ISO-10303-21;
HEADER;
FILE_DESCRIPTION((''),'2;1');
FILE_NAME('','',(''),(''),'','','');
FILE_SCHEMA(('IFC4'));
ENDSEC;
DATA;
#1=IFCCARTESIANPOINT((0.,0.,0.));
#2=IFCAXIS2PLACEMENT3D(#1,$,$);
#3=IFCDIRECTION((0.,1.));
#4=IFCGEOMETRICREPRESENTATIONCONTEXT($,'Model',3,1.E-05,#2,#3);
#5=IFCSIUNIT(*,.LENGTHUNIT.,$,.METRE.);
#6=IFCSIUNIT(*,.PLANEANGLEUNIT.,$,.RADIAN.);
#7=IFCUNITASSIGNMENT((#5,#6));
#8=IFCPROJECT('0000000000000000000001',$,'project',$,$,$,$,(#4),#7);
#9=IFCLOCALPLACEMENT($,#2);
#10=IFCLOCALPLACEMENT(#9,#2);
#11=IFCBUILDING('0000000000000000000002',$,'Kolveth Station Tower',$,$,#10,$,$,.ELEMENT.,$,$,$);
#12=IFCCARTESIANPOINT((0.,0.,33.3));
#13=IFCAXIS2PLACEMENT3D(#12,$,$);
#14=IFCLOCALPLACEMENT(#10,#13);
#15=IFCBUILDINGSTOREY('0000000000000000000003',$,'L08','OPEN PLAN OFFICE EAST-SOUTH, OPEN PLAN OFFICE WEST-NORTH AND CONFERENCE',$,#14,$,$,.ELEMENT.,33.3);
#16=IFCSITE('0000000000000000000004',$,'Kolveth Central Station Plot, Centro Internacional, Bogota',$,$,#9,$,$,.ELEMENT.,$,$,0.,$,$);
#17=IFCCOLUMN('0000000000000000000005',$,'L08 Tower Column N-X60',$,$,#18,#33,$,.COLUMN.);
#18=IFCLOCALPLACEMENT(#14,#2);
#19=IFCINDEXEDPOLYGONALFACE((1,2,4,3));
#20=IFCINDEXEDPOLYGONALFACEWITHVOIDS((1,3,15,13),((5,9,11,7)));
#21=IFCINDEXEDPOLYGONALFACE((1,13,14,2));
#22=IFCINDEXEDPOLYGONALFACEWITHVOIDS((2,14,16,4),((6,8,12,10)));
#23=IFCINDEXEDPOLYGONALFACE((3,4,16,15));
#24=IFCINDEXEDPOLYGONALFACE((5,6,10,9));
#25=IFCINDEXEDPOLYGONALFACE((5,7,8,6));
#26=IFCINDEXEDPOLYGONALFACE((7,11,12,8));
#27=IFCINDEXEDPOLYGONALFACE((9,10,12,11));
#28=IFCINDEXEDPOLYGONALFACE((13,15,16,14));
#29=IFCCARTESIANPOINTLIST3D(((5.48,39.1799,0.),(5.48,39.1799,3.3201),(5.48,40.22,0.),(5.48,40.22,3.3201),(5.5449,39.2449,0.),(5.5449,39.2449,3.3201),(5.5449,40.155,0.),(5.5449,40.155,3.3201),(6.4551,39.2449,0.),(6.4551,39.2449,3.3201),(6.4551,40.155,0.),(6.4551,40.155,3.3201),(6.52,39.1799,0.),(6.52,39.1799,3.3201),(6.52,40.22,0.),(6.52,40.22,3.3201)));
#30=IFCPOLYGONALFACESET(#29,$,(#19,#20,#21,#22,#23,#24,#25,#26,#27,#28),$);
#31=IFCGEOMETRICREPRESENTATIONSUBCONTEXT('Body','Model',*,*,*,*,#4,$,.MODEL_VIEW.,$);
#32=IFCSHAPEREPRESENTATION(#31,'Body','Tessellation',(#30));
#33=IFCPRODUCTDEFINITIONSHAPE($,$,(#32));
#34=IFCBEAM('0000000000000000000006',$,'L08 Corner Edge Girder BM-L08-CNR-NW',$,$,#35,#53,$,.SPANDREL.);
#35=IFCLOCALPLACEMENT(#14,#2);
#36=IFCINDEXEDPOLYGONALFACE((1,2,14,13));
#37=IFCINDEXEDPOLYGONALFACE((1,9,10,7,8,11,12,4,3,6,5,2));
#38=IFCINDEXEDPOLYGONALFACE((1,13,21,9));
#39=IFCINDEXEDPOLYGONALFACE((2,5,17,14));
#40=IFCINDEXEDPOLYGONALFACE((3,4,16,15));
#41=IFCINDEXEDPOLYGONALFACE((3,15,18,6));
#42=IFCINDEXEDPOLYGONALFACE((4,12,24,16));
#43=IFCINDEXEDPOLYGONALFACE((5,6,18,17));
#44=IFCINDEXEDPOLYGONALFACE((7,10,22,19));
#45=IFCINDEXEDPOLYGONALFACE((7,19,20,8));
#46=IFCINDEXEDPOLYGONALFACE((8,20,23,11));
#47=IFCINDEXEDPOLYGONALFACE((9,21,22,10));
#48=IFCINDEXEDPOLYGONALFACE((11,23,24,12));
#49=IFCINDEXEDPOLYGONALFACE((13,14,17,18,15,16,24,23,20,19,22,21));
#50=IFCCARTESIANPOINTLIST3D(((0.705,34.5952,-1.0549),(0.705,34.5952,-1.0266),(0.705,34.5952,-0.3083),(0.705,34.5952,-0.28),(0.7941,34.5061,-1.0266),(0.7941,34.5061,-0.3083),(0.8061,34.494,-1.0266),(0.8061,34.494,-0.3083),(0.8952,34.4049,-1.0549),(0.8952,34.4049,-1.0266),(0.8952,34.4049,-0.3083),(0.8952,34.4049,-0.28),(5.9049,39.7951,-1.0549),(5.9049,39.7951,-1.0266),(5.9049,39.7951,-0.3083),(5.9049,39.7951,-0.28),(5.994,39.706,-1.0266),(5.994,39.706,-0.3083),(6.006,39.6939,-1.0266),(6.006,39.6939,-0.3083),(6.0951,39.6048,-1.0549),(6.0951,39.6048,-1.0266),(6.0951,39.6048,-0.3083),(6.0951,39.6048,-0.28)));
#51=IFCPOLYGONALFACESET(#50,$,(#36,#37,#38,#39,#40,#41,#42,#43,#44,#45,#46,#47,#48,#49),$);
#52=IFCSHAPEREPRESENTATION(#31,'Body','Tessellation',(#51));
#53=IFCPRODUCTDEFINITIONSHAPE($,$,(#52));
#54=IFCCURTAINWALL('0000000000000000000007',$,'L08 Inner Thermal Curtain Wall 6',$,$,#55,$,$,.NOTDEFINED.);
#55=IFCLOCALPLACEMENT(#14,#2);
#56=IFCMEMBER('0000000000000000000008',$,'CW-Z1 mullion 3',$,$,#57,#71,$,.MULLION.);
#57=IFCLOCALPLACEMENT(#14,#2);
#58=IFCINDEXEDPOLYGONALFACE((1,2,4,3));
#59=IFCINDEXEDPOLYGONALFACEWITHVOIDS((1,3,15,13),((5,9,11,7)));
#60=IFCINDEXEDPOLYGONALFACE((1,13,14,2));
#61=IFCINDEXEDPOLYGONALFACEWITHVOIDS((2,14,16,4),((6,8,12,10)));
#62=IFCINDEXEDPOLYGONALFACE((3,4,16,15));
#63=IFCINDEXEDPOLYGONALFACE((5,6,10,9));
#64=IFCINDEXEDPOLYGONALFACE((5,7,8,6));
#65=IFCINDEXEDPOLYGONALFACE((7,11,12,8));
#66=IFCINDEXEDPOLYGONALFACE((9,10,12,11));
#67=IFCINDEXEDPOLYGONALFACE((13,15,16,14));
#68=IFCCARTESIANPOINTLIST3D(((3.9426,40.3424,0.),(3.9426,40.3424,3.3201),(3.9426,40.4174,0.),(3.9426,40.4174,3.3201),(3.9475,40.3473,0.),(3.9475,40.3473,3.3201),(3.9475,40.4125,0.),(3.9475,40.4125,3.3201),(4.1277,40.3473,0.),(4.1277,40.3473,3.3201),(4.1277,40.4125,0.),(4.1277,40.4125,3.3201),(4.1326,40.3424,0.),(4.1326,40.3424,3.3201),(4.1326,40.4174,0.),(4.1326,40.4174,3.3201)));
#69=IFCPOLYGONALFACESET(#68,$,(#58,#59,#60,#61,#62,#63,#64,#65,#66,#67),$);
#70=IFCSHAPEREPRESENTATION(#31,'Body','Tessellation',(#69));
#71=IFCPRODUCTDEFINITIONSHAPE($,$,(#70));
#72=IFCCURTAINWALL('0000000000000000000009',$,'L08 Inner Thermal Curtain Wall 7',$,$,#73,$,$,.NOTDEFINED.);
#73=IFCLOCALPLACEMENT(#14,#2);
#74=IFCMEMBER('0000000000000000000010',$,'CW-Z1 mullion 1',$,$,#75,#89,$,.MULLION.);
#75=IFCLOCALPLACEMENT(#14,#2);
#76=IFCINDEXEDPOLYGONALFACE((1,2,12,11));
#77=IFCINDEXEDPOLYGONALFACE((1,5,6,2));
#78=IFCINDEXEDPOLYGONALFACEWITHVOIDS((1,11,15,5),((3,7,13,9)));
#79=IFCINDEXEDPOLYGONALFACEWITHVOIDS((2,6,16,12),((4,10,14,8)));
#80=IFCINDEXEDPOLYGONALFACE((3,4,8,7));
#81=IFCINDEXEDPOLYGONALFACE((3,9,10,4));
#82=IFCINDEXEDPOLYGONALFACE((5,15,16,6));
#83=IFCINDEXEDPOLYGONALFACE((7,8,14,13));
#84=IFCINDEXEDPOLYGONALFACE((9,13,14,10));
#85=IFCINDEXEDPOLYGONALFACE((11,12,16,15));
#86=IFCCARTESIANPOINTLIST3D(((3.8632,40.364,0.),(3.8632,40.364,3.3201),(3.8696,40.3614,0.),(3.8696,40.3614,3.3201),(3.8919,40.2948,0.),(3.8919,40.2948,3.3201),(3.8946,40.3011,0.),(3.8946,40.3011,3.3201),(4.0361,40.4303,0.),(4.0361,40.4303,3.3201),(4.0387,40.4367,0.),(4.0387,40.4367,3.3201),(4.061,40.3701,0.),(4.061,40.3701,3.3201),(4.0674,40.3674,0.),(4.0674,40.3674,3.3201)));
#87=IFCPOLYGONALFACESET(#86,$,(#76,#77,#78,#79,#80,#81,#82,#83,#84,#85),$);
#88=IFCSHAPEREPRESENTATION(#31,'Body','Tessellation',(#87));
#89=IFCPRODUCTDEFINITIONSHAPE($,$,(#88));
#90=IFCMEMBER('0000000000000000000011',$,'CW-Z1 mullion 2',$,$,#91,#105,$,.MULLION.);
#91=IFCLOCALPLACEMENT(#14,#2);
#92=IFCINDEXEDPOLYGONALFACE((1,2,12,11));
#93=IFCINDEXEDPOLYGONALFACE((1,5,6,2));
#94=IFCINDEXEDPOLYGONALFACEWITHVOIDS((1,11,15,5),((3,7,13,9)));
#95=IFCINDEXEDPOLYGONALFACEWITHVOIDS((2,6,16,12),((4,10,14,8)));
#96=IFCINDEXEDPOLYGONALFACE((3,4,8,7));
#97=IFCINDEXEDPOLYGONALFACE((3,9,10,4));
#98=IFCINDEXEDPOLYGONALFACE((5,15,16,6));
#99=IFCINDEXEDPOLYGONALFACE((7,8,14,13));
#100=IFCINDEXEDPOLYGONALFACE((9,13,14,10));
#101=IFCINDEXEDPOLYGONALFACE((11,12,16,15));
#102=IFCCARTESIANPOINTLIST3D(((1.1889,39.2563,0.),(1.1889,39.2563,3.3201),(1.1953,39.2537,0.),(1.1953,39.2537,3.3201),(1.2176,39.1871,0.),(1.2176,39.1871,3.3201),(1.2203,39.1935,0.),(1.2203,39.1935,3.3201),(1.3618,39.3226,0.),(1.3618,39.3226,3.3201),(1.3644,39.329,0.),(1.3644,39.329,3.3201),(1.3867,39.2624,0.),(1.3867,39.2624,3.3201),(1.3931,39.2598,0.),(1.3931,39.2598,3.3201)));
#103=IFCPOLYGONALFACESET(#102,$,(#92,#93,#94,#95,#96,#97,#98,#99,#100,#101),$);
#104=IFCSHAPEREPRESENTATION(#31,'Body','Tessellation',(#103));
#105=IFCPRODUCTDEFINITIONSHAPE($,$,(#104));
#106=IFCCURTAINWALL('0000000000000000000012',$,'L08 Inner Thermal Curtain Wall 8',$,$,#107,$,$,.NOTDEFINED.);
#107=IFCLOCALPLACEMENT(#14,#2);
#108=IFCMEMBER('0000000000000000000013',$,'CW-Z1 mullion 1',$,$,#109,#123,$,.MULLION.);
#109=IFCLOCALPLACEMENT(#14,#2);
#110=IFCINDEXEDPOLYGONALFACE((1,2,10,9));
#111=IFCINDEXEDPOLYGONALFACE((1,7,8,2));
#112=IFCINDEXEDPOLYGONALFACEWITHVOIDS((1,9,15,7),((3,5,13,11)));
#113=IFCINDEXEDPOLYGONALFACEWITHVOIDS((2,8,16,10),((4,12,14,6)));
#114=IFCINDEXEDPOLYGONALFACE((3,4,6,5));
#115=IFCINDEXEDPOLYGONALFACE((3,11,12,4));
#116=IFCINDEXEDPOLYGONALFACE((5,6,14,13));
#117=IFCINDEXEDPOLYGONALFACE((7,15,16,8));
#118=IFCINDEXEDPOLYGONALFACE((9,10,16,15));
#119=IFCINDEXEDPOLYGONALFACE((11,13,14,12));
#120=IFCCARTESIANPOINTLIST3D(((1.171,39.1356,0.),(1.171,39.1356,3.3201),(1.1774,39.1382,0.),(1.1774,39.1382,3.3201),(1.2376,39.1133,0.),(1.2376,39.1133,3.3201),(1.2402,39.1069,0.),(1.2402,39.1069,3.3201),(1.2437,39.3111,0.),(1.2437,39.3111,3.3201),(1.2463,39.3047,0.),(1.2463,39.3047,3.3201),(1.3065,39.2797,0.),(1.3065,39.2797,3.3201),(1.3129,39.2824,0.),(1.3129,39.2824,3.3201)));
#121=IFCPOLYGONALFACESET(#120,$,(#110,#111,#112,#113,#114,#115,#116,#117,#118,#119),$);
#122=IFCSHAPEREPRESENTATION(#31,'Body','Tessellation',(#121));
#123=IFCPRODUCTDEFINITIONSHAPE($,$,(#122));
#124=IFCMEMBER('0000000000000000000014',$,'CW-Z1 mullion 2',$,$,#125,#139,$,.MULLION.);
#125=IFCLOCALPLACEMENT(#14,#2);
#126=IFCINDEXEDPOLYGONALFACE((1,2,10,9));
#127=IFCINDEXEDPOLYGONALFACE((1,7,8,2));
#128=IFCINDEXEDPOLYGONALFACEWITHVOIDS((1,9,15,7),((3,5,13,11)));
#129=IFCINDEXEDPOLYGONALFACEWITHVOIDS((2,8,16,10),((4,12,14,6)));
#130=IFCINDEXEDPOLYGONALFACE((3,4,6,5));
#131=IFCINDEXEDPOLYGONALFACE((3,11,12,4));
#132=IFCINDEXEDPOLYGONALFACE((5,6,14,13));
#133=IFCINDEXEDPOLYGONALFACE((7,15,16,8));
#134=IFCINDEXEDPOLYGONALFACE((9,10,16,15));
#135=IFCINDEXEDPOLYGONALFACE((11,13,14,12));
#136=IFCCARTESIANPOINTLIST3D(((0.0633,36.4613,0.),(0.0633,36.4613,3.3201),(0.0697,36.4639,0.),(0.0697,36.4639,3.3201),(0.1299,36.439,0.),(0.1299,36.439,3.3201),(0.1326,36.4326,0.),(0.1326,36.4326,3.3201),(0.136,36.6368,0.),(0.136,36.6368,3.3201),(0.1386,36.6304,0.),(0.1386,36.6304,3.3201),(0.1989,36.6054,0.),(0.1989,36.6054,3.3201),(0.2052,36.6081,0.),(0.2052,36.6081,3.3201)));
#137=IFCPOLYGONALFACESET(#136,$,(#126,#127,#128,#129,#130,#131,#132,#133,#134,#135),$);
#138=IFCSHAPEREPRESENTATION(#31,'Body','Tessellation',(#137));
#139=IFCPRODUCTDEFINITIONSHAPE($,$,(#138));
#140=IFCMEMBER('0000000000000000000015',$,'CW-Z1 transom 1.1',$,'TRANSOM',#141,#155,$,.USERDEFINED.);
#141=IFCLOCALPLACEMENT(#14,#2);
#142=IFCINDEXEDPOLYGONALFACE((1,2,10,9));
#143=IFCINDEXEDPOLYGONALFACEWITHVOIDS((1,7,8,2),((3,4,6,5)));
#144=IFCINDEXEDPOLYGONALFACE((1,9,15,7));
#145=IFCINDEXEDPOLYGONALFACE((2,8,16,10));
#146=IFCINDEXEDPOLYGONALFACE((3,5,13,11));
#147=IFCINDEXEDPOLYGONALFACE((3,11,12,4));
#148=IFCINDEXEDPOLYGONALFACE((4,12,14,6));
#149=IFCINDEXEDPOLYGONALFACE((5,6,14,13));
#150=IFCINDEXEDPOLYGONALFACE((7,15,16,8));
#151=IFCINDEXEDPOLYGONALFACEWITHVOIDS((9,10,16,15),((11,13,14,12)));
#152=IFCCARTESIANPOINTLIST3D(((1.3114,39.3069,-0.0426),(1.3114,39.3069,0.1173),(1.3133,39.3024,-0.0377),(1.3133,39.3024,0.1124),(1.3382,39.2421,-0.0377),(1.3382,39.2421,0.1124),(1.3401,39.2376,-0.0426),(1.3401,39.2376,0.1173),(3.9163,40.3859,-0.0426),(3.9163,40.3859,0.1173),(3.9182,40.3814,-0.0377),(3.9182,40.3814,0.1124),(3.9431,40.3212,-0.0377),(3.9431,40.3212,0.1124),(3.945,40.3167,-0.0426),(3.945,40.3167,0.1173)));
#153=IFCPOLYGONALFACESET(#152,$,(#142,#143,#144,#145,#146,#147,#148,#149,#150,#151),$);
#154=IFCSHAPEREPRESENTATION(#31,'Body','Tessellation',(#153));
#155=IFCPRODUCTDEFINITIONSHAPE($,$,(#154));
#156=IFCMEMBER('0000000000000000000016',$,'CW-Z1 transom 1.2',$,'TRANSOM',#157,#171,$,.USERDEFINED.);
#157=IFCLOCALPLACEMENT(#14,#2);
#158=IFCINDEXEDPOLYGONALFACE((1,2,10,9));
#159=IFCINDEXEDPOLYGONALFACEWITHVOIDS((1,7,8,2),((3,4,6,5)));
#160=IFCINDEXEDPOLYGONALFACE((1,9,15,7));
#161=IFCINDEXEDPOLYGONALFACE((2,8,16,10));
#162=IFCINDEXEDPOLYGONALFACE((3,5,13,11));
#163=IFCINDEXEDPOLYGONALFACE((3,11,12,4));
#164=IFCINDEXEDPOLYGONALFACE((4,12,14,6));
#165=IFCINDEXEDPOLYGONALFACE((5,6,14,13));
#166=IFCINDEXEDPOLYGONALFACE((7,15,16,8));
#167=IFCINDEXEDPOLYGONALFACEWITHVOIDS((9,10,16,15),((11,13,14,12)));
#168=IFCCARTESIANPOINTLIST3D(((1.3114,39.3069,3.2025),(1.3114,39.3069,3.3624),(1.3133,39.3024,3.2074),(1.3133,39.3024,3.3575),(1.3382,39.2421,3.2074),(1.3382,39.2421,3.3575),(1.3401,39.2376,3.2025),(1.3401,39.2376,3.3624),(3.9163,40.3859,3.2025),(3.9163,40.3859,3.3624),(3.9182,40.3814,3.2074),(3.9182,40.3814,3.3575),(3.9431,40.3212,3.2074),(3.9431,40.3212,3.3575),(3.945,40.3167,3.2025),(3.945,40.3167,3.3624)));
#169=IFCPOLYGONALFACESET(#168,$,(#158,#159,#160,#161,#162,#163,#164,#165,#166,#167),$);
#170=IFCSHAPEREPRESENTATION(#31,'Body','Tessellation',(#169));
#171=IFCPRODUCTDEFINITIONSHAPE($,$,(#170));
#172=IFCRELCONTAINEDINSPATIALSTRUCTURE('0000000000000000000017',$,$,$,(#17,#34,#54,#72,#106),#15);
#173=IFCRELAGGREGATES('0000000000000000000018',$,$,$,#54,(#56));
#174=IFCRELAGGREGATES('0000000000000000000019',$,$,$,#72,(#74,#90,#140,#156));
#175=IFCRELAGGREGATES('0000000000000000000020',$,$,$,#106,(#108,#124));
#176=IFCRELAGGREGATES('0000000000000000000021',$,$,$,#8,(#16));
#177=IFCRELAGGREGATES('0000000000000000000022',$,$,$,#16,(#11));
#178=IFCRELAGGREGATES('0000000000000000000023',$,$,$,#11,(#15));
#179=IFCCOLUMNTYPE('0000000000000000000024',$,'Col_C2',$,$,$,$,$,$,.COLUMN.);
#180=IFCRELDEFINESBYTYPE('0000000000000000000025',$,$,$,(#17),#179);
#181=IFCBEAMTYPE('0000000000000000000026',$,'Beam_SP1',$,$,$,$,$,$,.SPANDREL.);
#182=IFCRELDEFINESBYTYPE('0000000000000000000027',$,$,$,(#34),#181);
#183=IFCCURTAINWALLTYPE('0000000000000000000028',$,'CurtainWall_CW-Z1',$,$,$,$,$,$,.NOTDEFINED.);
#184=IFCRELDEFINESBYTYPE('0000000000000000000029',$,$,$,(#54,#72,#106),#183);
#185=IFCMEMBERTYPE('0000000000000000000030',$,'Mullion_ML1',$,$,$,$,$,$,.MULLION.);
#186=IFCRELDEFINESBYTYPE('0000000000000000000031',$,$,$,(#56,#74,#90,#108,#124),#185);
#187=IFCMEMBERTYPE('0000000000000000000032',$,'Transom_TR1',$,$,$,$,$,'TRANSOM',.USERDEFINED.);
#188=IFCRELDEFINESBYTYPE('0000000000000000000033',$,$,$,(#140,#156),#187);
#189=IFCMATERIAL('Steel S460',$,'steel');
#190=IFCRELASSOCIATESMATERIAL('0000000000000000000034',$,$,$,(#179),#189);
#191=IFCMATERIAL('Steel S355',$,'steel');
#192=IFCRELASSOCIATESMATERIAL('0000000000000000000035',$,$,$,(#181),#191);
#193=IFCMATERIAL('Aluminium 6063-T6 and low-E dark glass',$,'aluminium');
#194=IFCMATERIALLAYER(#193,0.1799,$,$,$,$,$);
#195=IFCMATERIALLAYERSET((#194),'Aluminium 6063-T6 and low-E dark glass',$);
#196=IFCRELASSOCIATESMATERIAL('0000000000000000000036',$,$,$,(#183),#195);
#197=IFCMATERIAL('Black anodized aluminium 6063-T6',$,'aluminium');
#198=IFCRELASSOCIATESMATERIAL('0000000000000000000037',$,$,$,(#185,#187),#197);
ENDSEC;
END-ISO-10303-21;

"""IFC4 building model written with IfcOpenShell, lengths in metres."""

from ifc_helpers import new_model, si_unit, direction, frame, origin, origin_2d, place, context, subcontext, project, spatial, hollow_rectangle, i_section, extrude, source, transform, mapped, material, layer, layer_set, material_profile, profile_set, type_object, element, aggregate, save


model = new_model("IFC4")

# Units and contexts
model_context = context("Model", 3, precision=1e-05, world=origin(), true_north=direction((0.0, 1.0)))
body_context = subcontext(model_context, "Body", "Model", "MODEL_VIEW")
ifc_project = project(units=[si_unit("LENGTHUNIT", "METRE"), si_unit("PLANEANGLEUNIT", "RADIAN")], contexts=[model_context])

# Site, building, storey
site_placement = place(None, origin())
site = spatial("IfcSite", under=ifc_project, at=site_placement, Name="Kolveth Central Station Plot, Centro Internacional, Bogota", CompositionType="ELEMENT", RefElevation=0.0)
building_placement = place(site_placement, origin())
building = spatial("IfcBuilding", under=site, at=building_placement, Name="Kolveth Station Tower", CompositionType="ELEMENT")
storey_placement = place(building_placement, frame((0.0, 0.0, 33.3)))
storey = spatial("IfcBuildingStorey", under=building, at=storey_placement, Name="L08", Description="OPEN PLAN OFFICE EAST-SOUTH, OPEN PLAN OFFICE WEST-NORTH AND CONFERENCE", CompositionType="ELEMENT", Elevation=33.3)

# Column
ifc_material_1 = material(Name="Steel S460", Category="steel")
ifc_material_profile_1 = material_profile(ifc_material_1, hollow_rectangle(XDim=1.04, YDim=1.04, WallThickness=0.0649, at=origin_2d()), Name="BOX1040x1040x65")
ifc_profile_set_1 = profile_set([ifc_material_profile_1], Name="Steel S460")
column_type = type_object("IfcColumnType", Name="Col_C2", PredefinedType="COLUMN", material=ifc_profile_set_1)
shared_shape_1 = source(origin(), body_context, "Body", "SweptSolid", [
    extrude(hollow_rectangle(XDim=1.04, YDim=1.04, WallThickness=0.0649, at=origin_2d()), origin(), (0.0, 0.0, 1.0), 3.3201),
])
column_placement = place(storey_placement, frame((6.0, 39.7, 0.0), z_axis=(0.0, 0.0, 1.0), x_axis=(1.0, 0.0, 0.0)))
element("IfcColumn", 1, at=column_placement, inside=storey, type_object=column_type, Name="L08 Tower Column N-X60", PredefinedType="COLUMN", context=body_context, shape_type="MappedRepresentation", body=[
    mapped(shared_shape_1, transform((0.0, 0.0, 0.0), x_axis=(1.0, 0.0, 0.0), y_axis=(0.0, 1.0, 0.0), z_axis=(0.0, 0.0, 1.0), scale=1.0)),
])

# Beam
ifc_material_2 = material(Name="Steel S355", Category="steel")
ifc_material_profile_2 = material_profile(ifc_material_2, i_section(OverallWidth=0.269, OverallDepth=0.7749, WebThickness=0.0171, FlangeThickness=0.0283, at=origin_2d()), Name="W760x220")
ifc_profile_set_2 = profile_set([ifc_material_profile_2], Name="Steel S355")
beam_type = type_object("IfcBeamType", Name="Beam_SP1", PredefinedType="SPANDREL", material=ifc_profile_set_2)
shared_shape_2 = source(origin(), body_context, "Body", "SweptSolid", [
    extrude(i_section(OverallWidth=0.269, OverallDepth=0.7749, WebThickness=0.0171, FlangeThickness=0.0283, at=origin_2d()), origin(), (0.0, 0.0, 1.0), 7.3538),
])
beam_placement = place(storey_placement, frame((6.0, 39.7, -0.6675), z_axis=(-0.707107, -0.707107, 0.0), x_axis=(0.707107, -0.707107, 0.0)))
element("IfcBeam", 2, at=beam_placement, inside=storey, type_object=beam_type, Name="L08 Corner Edge Girder BM-L08-CNR-NW", PredefinedType="SPANDREL", context=body_context, shape_type="MappedRepresentation", body=[
    mapped(shared_shape_2, transform((0.0, 0.0, 0.0), x_axis=(1.0, 0.0, 0.0), y_axis=(0.0, 1.0, 0.0), z_axis=(0.0, 0.0, 1.0), scale=1.0)),
])

# Curtain wall, member
ifc_material_3 = material(Name="Aluminium 6063-T6 and low-E dark glass", Category="aluminium")
ifc_layer_1 = layer(ifc_material_3, 0.1799)
ifc_layer_set_1 = layer_set([ifc_layer_1], Name="Aluminium 6063-T6 and low-E dark glass")
curtain_wall_type_1 = type_object("IfcCurtainWallType", Name="CurtainWall_CW-Z1", PredefinedType="NOTDEFINED", material=ifc_layer_set_1)
curtain_wall_1_placement = place(storey_placement, origin())
curtain_wall_1 = element("IfcCurtainWall", 3, at=curtain_wall_1_placement, inside=storey, type_object=curtain_wall_type_1, Name="L08 Inner Thermal Curtain Wall 6", PredefinedType="NOTDEFINED")
ifc_material_4 = material(Name="Black anodized aluminium 6063-T6", Category="aluminium")
ifc_material_profile_3 = material_profile(ifc_material_4, hollow_rectangle(XDim=0.075, YDim=0.1899, WallThickness=0.0049, at=origin_2d()), Name="ALU-75x190x5")
ifc_profile_set_3 = profile_set([ifc_material_profile_3], Name="Black anodized aluminium 6063-T6")
member_type_1 = type_object("IfcMemberType", Name="Mullion_ML1", PredefinedType="MULLION", material=ifc_profile_set_3)
shared_shape_3 = source(origin(), body_context, "Body", "SweptSolid", [
    extrude(hollow_rectangle(XDim=0.075, YDim=0.1899, WallThickness=0.0049, at=origin_2d()), origin(), (0.0, 0.0, 1.0), 3.3201),
])
member_1_placement = place(storey_placement, frame((4.0376, 40.3799, 0.0), z_axis=(0.0, 0.0, 1.0), x_axis=(0.0, -1.0, 0.0)))
member_1 = element("IfcMember", 4, at=member_1_placement, type_object=member_type_1, Name="CW-Z1 mullion 3", PredefinedType="MULLION", context=body_context, shape_type="MappedRepresentation", body=[
    mapped(shared_shape_3, transform((0.0, 0.0, 0.0), x_axis=(1.0, 0.0, 0.0), y_axis=(0.0, 1.0, 0.0), z_axis=(0.0, 0.0, 1.0), scale=1.0)),
])
aggregate(curtain_wall_1, [member_1])

# Curtain walls, members
curtain_wall_2_placement = place(storey_placement, origin())
curtain_wall_2 = element("IfcCurtainWall", 5, at=curtain_wall_2_placement, inside=storey, type_object=curtain_wall_type_1, Name="L08 Inner Thermal Curtain Wall 7", PredefinedType="NOTDEFINED")
member_2_placement = place(storey_placement, frame((3.9653, 40.3657, 0.0), z_axis=(0.0, 0.0, 1.0), x_axis=(0.382673, -0.923884, 0.0)))
member_2 = element("IfcMember", 6, at=member_2_placement, type_object=member_type_1, Name="CW-Z1 mullion 1", PredefinedType="MULLION", context=body_context, shape_type="MappedRepresentation", body=[
    mapped(shared_shape_3, transform((0.0, 0.0, 0.0), x_axis=(1.0, 0.0, 0.0), y_axis=(0.0, 1.0, 0.0), z_axis=(0.0, 0.0, 1.0), scale=1.0)),
])
member_3_placement = place(storey_placement, frame((1.291, 39.2581, 0.0), z_axis=(0.0, 0.0, 1.0), x_axis=(0.382673, -0.923884, 0.0)))
member_3 = element("IfcMember", 7, at=member_3_placement, type_object=member_type_1, Name="CW-Z1 mullion 2", PredefinedType="MULLION", context=body_context, shape_type="MappedRepresentation", body=[
    mapped(shared_shape_3, transform((0.0, 0.0, 0.0), x_axis=(1.0, 0.0, 0.0), y_axis=(0.0, 1.0, 0.0), z_axis=(0.0, 0.0, 1.0), scale=1.0)),
])
curtain_wall_3_placement = place(storey_placement, origin())
curtain_wall_3 = element("IfcCurtainWall", 8, at=curtain_wall_3_placement, inside=storey, type_object=curtain_wall_type_1, Name="L08 Inner Thermal Curtain Wall 8", PredefinedType="NOTDEFINED")
member_4_placement = place(storey_placement, frame((1.2419, 39.209, 0.0), z_axis=(0.0, 0.0, 1.0), x_axis=(0.923884, -0.382673, 0.0)))
member_4 = element("IfcMember", 9, at=member_4_placement, type_object=member_type_1, Name="CW-Z1 mullion 1", PredefinedType="MULLION", context=body_context, shape_type="MappedRepresentation", body=[
    mapped(shared_shape_3, transform((0.0, 0.0, 0.0), x_axis=(1.0, 0.0, 0.0), y_axis=(0.0, 1.0, 0.0), z_axis=(0.0, 0.0, 1.0), scale=1.0)),
])
member_5_placement = place(storey_placement, frame((0.1343, 36.5347, 0.0), z_axis=(0.0, 0.0, 1.0), x_axis=(0.923884, -0.382673, 0.0)))
member_5 = element("IfcMember", 10, at=member_5_placement, type_object=member_type_1, Name="CW-Z1 mullion 2", PredefinedType="MULLION", context=body_context, shape_type="MappedRepresentation", body=[
    mapped(shared_shape_3, transform((0.0, 0.0, 0.0), x_axis=(1.0, 0.0, 0.0), y_axis=(0.0, 1.0, 0.0), z_axis=(0.0, 0.0, 1.0), scale=1.0)),
])

# Members
ifc_material_profile_4 = material_profile(ifc_material_4, hollow_rectangle(XDim=0.075, YDim=0.1599, WallThickness=0.0049, at=origin_2d()), Name="ALU-75x160x5")
ifc_profile_set_4 = profile_set([ifc_material_profile_4], Name="Black anodized aluminium 6063-T6")
member_type_2 = type_object("IfcMemberType", Name="Transom_TR1", ElementType="TRANSOM", PredefinedType="USERDEFINED", material=ifc_profile_set_4)
shared_shape_4 = source(origin(), body_context, "Body", "SweptSolid", [
    extrude(hollow_rectangle(XDim=0.075, YDim=0.1599, WallThickness=0.0049, at=origin_2d()), origin(), (0.0, 0.0, 1.0), 2.8196),
])
member_6_placement = place(storey_placement, frame((3.9307, 40.3513, 0.0374), z_axis=(-0.923869, -0.382709, 0.0), x_axis=(0.382709, -0.923869, 0.0)))
member_6 = element("IfcMember", 11, at=member_6_placement, type_object=member_type_2, Name="CW-Z1 transom 1.1", ObjectType="TRANSOM", PredefinedType="USERDEFINED", context=body_context, shape_type="MappedRepresentation", body=[
    mapped(shared_shape_4, transform((0.0, 0.0, 0.0), x_axis=(1.0, 0.0, 0.0), y_axis=(0.0, 1.0, 0.0), z_axis=(0.0, 0.0, 1.0), scale=1.0)),
])
member_7_placement = place(storey_placement, frame((3.9307, 40.3513, 3.2825), z_axis=(-0.923869, -0.382709, 0.0), x_axis=(0.382709, -0.923869, 0.0)))
member_7 = element("IfcMember", 12, at=member_7_placement, type_object=member_type_2, Name="CW-Z1 transom 1.2", ObjectType="TRANSOM", PredefinedType="USERDEFINED", context=body_context, shape_type="MappedRepresentation", body=[
    mapped(shared_shape_4, transform((0.0, 0.0, 0.0), x_axis=(1.0, 0.0, 0.0), y_axis=(0.0, 1.0, 0.0), z_axis=(0.0, 0.0, 1.0), scale=1.0)),
])

aggregate(curtain_wall_2, [member_2, member_3, member_6, member_7])
aggregate(curtain_wall_3, [member_4, member_5])

save(model, "model.ifc")
